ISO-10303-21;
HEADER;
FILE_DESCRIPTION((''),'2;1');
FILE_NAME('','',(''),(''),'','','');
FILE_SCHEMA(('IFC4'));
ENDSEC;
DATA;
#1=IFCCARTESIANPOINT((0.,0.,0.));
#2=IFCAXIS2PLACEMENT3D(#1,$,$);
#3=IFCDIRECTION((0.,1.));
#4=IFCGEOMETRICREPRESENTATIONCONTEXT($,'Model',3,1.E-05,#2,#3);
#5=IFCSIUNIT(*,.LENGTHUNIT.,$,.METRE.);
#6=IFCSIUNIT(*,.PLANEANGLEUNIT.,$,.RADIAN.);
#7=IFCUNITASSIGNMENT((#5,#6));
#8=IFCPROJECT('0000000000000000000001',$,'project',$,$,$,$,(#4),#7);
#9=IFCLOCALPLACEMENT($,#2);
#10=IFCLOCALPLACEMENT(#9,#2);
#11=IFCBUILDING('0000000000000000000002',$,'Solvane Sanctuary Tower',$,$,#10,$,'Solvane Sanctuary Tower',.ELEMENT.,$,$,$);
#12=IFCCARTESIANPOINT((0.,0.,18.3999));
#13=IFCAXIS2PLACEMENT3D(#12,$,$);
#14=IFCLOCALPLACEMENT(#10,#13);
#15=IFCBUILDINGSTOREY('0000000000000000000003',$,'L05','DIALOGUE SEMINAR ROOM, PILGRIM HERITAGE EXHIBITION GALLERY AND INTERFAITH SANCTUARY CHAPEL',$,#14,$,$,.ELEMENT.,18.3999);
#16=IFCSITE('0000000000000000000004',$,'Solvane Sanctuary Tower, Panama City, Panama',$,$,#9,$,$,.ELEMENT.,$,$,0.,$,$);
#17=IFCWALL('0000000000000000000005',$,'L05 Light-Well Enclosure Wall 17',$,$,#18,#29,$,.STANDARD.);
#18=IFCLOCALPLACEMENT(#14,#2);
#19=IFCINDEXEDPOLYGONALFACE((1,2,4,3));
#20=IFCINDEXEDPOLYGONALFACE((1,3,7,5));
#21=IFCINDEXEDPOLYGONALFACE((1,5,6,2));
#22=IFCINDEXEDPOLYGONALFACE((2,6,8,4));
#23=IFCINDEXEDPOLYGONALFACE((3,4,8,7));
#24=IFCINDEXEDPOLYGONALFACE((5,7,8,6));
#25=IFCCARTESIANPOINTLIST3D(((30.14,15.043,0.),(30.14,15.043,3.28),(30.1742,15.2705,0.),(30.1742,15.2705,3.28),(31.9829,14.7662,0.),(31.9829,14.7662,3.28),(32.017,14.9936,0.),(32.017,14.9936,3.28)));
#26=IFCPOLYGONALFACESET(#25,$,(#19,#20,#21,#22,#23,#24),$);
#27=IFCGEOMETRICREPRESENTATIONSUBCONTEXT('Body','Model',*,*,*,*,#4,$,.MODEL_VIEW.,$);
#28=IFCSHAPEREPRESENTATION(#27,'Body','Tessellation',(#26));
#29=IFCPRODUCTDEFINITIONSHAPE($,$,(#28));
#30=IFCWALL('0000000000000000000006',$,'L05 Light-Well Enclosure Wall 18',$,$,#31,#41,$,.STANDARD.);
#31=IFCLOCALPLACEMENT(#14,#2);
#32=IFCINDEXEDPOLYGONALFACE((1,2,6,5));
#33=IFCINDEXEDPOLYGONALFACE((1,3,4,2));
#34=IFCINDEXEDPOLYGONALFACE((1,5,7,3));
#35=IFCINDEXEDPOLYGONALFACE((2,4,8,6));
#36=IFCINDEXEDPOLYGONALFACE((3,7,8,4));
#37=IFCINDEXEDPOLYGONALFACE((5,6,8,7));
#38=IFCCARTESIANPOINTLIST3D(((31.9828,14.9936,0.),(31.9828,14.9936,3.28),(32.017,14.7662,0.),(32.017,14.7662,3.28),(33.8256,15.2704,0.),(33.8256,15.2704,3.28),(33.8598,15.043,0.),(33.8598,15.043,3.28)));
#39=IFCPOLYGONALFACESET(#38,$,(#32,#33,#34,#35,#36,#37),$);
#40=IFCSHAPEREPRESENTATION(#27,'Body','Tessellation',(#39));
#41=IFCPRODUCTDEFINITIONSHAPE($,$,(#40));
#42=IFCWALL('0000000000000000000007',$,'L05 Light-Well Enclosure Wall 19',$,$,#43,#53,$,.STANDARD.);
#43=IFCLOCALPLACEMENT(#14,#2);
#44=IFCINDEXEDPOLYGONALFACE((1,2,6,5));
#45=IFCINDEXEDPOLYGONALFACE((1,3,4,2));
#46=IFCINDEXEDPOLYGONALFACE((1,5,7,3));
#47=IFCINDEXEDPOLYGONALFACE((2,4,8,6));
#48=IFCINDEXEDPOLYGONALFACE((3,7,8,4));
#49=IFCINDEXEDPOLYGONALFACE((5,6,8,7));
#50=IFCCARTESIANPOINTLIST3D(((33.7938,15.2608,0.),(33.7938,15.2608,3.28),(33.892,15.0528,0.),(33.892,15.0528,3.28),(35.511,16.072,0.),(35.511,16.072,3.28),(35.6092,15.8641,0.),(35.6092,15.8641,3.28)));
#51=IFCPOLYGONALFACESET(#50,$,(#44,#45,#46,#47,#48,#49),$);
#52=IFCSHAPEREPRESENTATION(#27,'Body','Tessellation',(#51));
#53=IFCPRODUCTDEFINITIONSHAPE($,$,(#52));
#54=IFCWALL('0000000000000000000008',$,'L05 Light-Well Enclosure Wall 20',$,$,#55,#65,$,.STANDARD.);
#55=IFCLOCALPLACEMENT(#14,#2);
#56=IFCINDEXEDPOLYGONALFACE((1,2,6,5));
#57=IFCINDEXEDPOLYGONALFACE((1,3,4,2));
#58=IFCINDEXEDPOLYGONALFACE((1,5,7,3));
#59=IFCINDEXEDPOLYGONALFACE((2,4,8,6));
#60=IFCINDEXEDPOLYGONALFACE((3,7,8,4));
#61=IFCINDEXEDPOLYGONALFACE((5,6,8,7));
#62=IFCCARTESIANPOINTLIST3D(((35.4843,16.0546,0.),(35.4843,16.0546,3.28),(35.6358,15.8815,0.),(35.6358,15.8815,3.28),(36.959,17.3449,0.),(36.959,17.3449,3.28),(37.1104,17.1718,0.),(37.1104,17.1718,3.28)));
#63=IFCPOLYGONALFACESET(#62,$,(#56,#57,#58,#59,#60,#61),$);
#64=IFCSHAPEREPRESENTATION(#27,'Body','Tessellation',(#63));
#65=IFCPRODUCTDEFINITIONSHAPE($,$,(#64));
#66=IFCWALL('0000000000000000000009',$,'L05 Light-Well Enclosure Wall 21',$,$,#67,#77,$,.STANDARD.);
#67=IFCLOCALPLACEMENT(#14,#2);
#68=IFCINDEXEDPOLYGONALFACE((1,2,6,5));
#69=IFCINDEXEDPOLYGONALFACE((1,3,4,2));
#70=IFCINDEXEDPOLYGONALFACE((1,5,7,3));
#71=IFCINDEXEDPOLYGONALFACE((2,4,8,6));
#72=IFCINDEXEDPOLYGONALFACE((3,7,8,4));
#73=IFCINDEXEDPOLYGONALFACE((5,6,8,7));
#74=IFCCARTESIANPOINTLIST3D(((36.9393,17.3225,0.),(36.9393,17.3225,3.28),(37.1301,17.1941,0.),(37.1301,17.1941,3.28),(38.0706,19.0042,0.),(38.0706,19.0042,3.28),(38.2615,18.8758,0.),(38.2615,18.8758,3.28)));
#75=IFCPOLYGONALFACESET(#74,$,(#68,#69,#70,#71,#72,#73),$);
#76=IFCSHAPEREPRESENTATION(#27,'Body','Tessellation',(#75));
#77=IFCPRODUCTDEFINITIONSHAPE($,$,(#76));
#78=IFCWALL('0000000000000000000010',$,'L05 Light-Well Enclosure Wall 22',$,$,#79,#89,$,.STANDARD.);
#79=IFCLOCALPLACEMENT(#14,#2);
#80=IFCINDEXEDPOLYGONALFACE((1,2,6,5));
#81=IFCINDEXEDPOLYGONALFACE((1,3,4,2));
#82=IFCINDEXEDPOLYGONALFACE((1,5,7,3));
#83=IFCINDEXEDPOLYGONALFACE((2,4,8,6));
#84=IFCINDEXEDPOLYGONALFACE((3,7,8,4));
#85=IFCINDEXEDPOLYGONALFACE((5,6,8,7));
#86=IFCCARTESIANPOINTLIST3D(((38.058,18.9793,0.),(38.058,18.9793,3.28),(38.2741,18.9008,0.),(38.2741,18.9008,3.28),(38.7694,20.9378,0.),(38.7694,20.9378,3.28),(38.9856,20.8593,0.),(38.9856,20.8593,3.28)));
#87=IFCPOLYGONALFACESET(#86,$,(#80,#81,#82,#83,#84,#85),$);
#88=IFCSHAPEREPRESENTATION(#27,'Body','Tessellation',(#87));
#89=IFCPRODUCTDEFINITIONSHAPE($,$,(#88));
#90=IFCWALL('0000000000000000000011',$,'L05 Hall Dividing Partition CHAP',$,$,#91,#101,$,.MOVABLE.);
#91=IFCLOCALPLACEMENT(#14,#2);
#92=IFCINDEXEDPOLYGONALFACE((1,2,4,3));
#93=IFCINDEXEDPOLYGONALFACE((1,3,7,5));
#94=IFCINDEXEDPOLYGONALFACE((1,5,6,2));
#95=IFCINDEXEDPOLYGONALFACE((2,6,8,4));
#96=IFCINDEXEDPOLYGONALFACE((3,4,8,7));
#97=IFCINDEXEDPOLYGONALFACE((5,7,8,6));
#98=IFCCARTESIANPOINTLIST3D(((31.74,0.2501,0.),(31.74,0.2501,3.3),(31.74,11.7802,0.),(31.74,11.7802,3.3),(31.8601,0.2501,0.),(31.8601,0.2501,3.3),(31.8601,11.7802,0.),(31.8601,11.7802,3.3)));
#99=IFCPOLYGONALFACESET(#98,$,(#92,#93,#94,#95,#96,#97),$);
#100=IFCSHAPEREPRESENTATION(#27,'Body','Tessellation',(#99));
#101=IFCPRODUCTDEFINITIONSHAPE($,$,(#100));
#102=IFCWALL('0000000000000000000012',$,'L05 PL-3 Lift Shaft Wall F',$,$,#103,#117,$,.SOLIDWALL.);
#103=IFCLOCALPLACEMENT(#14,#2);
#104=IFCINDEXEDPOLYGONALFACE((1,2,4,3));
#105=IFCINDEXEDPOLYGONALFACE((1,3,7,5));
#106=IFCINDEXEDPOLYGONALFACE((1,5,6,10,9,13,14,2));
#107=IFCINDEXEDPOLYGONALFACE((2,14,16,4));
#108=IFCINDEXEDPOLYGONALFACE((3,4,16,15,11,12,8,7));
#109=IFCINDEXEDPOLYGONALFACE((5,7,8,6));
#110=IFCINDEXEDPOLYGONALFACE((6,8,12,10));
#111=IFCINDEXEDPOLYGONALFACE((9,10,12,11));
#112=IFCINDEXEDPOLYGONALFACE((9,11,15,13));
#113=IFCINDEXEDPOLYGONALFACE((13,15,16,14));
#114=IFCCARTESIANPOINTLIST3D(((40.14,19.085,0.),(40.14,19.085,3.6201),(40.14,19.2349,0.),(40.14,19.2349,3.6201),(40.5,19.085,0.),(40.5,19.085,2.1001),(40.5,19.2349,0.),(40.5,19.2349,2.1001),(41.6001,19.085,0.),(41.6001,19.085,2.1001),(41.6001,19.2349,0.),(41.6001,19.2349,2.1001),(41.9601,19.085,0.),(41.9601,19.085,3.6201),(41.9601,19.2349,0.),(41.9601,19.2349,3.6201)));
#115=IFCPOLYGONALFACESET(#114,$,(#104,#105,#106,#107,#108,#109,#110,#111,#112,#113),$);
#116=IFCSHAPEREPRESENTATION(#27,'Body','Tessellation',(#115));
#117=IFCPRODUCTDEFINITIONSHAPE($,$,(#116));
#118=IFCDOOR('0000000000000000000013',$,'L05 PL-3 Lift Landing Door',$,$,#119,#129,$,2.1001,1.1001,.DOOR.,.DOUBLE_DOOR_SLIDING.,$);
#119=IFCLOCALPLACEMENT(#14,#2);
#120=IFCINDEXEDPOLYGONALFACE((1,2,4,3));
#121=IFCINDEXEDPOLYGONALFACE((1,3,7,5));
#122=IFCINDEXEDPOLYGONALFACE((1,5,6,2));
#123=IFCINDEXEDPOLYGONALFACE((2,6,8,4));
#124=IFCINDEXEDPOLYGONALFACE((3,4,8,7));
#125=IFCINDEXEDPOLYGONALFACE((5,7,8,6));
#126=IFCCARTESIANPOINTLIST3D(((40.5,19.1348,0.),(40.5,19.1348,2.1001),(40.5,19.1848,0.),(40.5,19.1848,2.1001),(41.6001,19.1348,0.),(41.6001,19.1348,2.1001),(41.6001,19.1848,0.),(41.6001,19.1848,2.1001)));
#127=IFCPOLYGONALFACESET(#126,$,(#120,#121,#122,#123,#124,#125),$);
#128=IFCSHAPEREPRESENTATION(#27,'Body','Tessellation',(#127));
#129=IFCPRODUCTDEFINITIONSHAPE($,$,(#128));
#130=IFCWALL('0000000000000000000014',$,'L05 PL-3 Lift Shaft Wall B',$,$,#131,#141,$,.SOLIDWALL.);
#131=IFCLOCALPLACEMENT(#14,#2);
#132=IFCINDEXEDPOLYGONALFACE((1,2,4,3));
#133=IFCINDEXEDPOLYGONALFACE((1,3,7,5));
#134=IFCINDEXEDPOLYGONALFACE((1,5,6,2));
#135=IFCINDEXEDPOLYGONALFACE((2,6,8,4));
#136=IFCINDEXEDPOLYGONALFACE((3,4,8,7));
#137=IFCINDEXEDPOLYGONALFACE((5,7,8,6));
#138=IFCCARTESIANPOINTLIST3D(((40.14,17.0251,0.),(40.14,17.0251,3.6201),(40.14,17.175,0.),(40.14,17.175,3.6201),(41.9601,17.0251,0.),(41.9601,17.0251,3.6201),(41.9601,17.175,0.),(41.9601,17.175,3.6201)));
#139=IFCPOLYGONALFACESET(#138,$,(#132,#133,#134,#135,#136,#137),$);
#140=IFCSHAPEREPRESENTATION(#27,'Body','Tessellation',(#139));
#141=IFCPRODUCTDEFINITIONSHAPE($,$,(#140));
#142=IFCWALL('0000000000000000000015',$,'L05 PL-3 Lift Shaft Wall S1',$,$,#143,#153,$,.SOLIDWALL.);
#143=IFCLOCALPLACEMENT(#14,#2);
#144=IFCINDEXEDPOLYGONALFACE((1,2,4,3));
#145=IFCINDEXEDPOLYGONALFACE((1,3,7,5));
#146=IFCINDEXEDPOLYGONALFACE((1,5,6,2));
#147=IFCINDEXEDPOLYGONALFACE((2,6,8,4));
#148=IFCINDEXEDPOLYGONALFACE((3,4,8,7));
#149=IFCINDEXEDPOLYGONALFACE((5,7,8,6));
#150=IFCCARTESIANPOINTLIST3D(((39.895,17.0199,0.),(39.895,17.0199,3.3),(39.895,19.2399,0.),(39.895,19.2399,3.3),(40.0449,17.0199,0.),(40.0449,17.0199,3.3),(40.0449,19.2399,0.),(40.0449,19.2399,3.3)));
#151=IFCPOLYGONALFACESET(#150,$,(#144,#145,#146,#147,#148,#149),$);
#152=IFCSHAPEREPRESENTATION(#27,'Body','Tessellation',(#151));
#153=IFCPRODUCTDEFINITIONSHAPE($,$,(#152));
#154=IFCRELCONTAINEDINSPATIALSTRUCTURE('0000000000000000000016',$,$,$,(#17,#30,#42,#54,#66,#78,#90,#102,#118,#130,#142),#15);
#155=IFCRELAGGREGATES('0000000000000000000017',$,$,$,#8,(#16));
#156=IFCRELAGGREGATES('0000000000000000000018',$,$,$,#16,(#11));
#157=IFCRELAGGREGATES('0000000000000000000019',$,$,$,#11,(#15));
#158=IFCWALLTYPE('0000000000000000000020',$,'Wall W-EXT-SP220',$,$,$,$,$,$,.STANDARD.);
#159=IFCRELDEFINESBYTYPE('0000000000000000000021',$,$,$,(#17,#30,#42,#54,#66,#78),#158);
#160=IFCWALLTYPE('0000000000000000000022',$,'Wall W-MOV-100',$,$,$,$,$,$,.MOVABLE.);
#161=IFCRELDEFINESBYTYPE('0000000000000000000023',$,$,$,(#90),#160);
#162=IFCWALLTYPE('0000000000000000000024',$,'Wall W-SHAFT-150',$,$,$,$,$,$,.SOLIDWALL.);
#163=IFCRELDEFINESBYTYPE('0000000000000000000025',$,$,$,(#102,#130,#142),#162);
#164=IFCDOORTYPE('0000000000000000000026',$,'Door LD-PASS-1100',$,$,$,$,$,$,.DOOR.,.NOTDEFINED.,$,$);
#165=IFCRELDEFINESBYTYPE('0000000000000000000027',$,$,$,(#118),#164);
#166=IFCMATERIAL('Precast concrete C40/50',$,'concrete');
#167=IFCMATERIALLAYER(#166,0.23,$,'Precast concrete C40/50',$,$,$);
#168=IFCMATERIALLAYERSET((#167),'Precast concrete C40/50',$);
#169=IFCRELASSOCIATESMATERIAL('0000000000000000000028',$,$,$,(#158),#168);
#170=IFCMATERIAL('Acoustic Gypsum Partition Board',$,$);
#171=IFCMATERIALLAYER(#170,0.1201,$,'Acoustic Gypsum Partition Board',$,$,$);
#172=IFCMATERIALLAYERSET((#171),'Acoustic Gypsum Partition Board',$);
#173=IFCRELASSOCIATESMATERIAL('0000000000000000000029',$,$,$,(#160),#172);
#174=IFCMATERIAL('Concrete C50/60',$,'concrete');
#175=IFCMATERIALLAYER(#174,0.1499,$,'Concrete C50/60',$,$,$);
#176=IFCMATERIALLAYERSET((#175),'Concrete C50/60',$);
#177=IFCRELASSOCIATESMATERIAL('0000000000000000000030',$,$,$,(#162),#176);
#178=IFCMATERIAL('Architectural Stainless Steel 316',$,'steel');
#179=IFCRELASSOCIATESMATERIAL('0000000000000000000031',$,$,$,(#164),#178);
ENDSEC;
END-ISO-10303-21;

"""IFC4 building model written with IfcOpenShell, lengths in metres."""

from ifc_helpers import new_model, si_unit, direction, frame, frame_2d, origin, place, context, subcontext, project, spatial, rectangle, extrude, material, layer, layer_set, type_object, element, fill, save


model = new_model("IFC4")

# Units and contexts
model_context = context("Model", 3, precision=1e-05, world=origin(), true_north=direction((0.0, 1.0)))
body_context = subcontext(model_context, "Body", "Model", "MODEL_VIEW")
ifc_project = project(units=[si_unit("LENGTHUNIT", "METRE"), si_unit("PLANEANGLEUNIT", "RADIAN")], contexts=[model_context])

# Site, building, storey
site_placement = place(None, origin())
site = spatial("IfcSite", under=ifc_project, at=site_placement, Name="Solvane Sanctuary Tower, Panama City, Panama", CompositionType="ELEMENT", RefElevation=0.0)
building_placement = place(site_placement, origin())
building = spatial("IfcBuilding", under=site, at=building_placement, Name="Solvane Sanctuary Tower", LongName="Solvane Sanctuary Tower", CompositionType="ELEMENT")
storey_placement = place(building_placement, frame((0.0, 0.0, 18.3999)))
storey = spatial("IfcBuildingStorey", under=building, at=storey_placement, Name="L05", Description="DIALOGUE SEMINAR ROOM, PILGRIM HERITAGE EXHIBITION GALLERY AND INTERFAITH SANCTUARY CHAPEL", CompositionType="ELEMENT", Elevation=18.3999)

# Walls
ifc_material_1 = material(Name="Precast concrete C40/50", Category="concrete")
ifc_layer_1 = layer(ifc_material_1, 0.23, Name="Precast concrete C40/50")
ifc_layer_set_1 = layer_set([ifc_layer_1], Name="Precast concrete C40/50")
wall_type_1 = type_object("IfcWallType", Name="Wall W-EXT-SP220", PredefinedType="STANDARD", material=ifc_layer_set_1)
for number, where, z_axis, x_axis, name in (
    (1, (30.1572, 15.1567, 0.0), (0.0, 0.0, 1.0), (0.988902, -0.148571, 0.0), "L05 Light-Well Enclosure Wall 17"),
    (2, (32.0, 14.8799, 0.0), (0.0, 0.0, 1.0), (0.988902, 0.148571, 0.0), "L05 Light-Well Enclosure Wall 18"),
):
    element("IfcWall", number, at=place(storey_placement, frame(where, z_axis=z_axis, x_axis=x_axis)), inside=storey, type_object=wall_type_1, Name=name, PredefinedType="STANDARD", context=body_context, shape_type="SweptSolid", body=[
        extrude(rectangle(XDim=1.8635, YDim=0.23, at=frame_2d((0.9316, 0.0))), origin(), (0.0, 0.0, 1.0), 3.28),
    ])
wall_1_placement = place(storey_placement, frame((33.8428, 15.1567, 0.0), z_axis=(0.0, 0.0, 1.0), x_axis=(0.90418, 0.427152, 0.0)))
element("IfcWall", 3, at=wall_1_placement, inside=storey, type_object=wall_type_1, Name="L05 Light-Well Enclosure Wall 19", PredefinedType="STANDARD", context=body_context, shape_type="SweptSolid", body=[
    extrude(rectangle(XDim=1.8992, YDim=0.23, at=frame_2d((0.9497, 0.0))), origin(), (0.0, 0.0, 1.0), 3.28),
])
wall_2_placement = place(storey_placement, frame((35.5601, 15.968, 0.0), z_axis=(0.0, 0.0, 1.0), x_axis=(0.752577, 0.658505, 0.0)))
element("IfcWall", 4, at=wall_2_placement, inside=storey, type_object=wall_type_1, Name="L05 Light-Well Enclosure Wall 20", PredefinedType="STANDARD", context=body_context, shape_type="SweptSolid", body=[
    extrude(rectangle(XDim=1.9595, YDim=0.23, at=frame_2d((0.9797, 0.0))), origin(), (0.0, 0.0, 1.0), 3.28),
])
wall_3_placement = place(storey_placement, frame((37.0347, 17.2583, 0.0), z_axis=(0.0, 0.0, 1.0), x_axis=(0.558198, 0.829708, 0.0)))
element("IfcWall", 5, at=wall_3_placement, inside=storey, type_object=wall_type_1, Name="L05 Light-Well Enclosure Wall 21", PredefinedType="STANDARD", context=body_context, shape_type="SweptSolid", body=[
    extrude(rectangle(XDim=2.0269, YDim=0.23, at=frame_2d((1.0134, 0.0))), origin(), (0.0, 0.0, 1.0), 3.28),
])
wall_4_placement = place(storey_placement, frame((38.166, 18.9399, 0.0), z_axis=(0.0, 0.0, 1.0), x_axis=(0.341423, 0.93991, 0.0)))
element("IfcWall", 6, at=wall_4_placement, inside=storey, type_object=wall_type_1, Name="L05 Light-Well Enclosure Wall 22", PredefinedType="STANDARD", context=body_context, shape_type="SweptSolid", body=[
    extrude(rectangle(XDim=2.0837, YDim=0.23, at=frame_2d((1.042, 0.0))), origin(), (0.0, 0.0, 1.0), 3.28),
])
ifc_material_2 = material(Name="Acoustic Gypsum Partition Board")
ifc_layer_2 = layer(ifc_material_2, 0.1201, Name="Acoustic Gypsum Partition Board")
ifc_layer_set_2 = layer_set([ifc_layer_2], Name="Acoustic Gypsum Partition Board")
wall_type_2 = type_object("IfcWallType", Name="Wall W-MOV-100", PredefinedType="MOVABLE", material=ifc_layer_set_2)
wall_5_placement = place(storey_placement, frame((31.8, 0.25, 0.0), z_axis=(0.0, 0.0, 1.0), x_axis=(0.0, 1.0, 0.0)))
element("IfcWall", 7, at=wall_5_placement, inside=storey, type_object=wall_type_2, Name="L05 Hall Dividing Partition CHAP", PredefinedType="MOVABLE", context=body_context, shape_type="SweptSolid", body=[
    extrude(rectangle(XDim=11.53, YDim=0.1201, at=frame_2d((5.7651, 0.0))), origin(), (0.0, 0.0, 1.0), 3.3),
])

# Wall, opening, door
ifc_material_3 = material(Name="Concrete C50/60", Category="concrete")
ifc_layer_3 = layer(ifc_material_3, 0.1499, Name="Concrete C50/60")
ifc_layer_set_3 = layer_set([ifc_layer_3], Name="Concrete C50/60")
wall_type_3 = type_object("IfcWallType", Name="Wall W-SHAFT-150", PredefinedType="SOLIDWALL", material=ifc_layer_set_3)
wall_6_placement = place(storey_placement, frame((40.1399, 19.1599, 0.0), z_axis=(0.0, 0.0, 1.0), x_axis=(1.0, 0.0, 0.0)))
wall_6 = element("IfcWall", 8, at=wall_6_placement, inside=storey, type_object=wall_type_3, Name="L05 PL-3 Lift Shaft Wall F", PredefinedType="SOLIDWALL", context=body_context, shape_type="SweptSolid", body=[
    extrude(rectangle(XDim=1.8201, YDim=0.1499, at=frame_2d((0.9102, 0.0))), origin(), (0.0, 0.0, 1.0), 3.6201),
])
opening_placement = place(wall_6_placement, frame((0.3601, 0.0, 0.0)))
opening = element("IfcOpeningElement", 9, at=opening_placement, cuts=wall_6, PredefinedType="OPENING", context=body_context, shape_type="SweptSolid", body=[
    extrude(rectangle(XDim=1.1001, YDim=2.1001, at=frame_2d((0.55, 1.05))), frame((0.0, 0.085, 0.0), z_axis=(0.0, -1.0, 0.0), x_axis=(1.0, 0.0, 0.0)), (0.0, 0.0, 1.0), 0.1699),
])
ifc_material_4 = material(Name="Architectural Stainless Steel 316", Category="steel")
door_type = type_object("IfcDoorType", Name="Door LD-PASS-1100", OperationType="NOTDEFINED", PredefinedType="DOOR", material=ifc_material_4)
door_placement = place(opening_placement, origin())
door = element("IfcDoor", 10, at=door_placement, inside=storey, type_object=door_type, Name="L05 PL-3 Lift Landing Door", OperationType="DOUBLE_DOOR_SLIDING", OverallHeight=2.1001, OverallWidth=1.1001, PredefinedType="DOOR", context=body_context, shape_type="SweptSolid", body=[
    extrude(rectangle(XDim=1.1001, YDim=2.1001, at=frame_2d((0.55, 1.05))), frame((0.0, 0.0249, 0.0), z_axis=(0.0, -1.0, 0.0), x_axis=(1.0, 0.0, 0.0)), (0.0, 0.0, 1.0), 0.05),
])
fill(opening, door)

# Walls
wall_7_placement = place(storey_placement, frame((40.1399, 17.1001, 0.0), z_axis=(0.0, 0.0, 1.0), x_axis=(1.0, 0.0, 0.0)))
element("IfcWall", 11, at=wall_7_placement, inside=storey, type_object=wall_type_3, Name="L05 PL-3 Lift Shaft Wall B", PredefinedType="SOLIDWALL", context=body_context, shape_type="SweptSolid", body=[
    extrude(rectangle(XDim=1.8201, YDim=0.1499, at=frame_2d((0.9102, 0.0))), origin(), (0.0, 0.0, 1.0), 3.6201),
])
wall_8_placement = place(storey_placement, frame((39.97, 17.02, 0.0), z_axis=(0.0, 0.0, 1.0), x_axis=(0.0, 1.0, 0.0)))
element("IfcWall", 12, at=wall_8_placement, inside=storey, type_object=wall_type_3, Name="L05 PL-3 Lift Shaft Wall S1", PredefinedType="SOLIDWALL", context=body_context, shape_type="SweptSolid", body=[
    extrude(rectangle(XDim=2.22, YDim=0.1499, at=frame_2d((1.1099, 0.0))), origin(), (0.0, 0.0, 1.0), 3.3),
])

save(model, "model.ifc")
